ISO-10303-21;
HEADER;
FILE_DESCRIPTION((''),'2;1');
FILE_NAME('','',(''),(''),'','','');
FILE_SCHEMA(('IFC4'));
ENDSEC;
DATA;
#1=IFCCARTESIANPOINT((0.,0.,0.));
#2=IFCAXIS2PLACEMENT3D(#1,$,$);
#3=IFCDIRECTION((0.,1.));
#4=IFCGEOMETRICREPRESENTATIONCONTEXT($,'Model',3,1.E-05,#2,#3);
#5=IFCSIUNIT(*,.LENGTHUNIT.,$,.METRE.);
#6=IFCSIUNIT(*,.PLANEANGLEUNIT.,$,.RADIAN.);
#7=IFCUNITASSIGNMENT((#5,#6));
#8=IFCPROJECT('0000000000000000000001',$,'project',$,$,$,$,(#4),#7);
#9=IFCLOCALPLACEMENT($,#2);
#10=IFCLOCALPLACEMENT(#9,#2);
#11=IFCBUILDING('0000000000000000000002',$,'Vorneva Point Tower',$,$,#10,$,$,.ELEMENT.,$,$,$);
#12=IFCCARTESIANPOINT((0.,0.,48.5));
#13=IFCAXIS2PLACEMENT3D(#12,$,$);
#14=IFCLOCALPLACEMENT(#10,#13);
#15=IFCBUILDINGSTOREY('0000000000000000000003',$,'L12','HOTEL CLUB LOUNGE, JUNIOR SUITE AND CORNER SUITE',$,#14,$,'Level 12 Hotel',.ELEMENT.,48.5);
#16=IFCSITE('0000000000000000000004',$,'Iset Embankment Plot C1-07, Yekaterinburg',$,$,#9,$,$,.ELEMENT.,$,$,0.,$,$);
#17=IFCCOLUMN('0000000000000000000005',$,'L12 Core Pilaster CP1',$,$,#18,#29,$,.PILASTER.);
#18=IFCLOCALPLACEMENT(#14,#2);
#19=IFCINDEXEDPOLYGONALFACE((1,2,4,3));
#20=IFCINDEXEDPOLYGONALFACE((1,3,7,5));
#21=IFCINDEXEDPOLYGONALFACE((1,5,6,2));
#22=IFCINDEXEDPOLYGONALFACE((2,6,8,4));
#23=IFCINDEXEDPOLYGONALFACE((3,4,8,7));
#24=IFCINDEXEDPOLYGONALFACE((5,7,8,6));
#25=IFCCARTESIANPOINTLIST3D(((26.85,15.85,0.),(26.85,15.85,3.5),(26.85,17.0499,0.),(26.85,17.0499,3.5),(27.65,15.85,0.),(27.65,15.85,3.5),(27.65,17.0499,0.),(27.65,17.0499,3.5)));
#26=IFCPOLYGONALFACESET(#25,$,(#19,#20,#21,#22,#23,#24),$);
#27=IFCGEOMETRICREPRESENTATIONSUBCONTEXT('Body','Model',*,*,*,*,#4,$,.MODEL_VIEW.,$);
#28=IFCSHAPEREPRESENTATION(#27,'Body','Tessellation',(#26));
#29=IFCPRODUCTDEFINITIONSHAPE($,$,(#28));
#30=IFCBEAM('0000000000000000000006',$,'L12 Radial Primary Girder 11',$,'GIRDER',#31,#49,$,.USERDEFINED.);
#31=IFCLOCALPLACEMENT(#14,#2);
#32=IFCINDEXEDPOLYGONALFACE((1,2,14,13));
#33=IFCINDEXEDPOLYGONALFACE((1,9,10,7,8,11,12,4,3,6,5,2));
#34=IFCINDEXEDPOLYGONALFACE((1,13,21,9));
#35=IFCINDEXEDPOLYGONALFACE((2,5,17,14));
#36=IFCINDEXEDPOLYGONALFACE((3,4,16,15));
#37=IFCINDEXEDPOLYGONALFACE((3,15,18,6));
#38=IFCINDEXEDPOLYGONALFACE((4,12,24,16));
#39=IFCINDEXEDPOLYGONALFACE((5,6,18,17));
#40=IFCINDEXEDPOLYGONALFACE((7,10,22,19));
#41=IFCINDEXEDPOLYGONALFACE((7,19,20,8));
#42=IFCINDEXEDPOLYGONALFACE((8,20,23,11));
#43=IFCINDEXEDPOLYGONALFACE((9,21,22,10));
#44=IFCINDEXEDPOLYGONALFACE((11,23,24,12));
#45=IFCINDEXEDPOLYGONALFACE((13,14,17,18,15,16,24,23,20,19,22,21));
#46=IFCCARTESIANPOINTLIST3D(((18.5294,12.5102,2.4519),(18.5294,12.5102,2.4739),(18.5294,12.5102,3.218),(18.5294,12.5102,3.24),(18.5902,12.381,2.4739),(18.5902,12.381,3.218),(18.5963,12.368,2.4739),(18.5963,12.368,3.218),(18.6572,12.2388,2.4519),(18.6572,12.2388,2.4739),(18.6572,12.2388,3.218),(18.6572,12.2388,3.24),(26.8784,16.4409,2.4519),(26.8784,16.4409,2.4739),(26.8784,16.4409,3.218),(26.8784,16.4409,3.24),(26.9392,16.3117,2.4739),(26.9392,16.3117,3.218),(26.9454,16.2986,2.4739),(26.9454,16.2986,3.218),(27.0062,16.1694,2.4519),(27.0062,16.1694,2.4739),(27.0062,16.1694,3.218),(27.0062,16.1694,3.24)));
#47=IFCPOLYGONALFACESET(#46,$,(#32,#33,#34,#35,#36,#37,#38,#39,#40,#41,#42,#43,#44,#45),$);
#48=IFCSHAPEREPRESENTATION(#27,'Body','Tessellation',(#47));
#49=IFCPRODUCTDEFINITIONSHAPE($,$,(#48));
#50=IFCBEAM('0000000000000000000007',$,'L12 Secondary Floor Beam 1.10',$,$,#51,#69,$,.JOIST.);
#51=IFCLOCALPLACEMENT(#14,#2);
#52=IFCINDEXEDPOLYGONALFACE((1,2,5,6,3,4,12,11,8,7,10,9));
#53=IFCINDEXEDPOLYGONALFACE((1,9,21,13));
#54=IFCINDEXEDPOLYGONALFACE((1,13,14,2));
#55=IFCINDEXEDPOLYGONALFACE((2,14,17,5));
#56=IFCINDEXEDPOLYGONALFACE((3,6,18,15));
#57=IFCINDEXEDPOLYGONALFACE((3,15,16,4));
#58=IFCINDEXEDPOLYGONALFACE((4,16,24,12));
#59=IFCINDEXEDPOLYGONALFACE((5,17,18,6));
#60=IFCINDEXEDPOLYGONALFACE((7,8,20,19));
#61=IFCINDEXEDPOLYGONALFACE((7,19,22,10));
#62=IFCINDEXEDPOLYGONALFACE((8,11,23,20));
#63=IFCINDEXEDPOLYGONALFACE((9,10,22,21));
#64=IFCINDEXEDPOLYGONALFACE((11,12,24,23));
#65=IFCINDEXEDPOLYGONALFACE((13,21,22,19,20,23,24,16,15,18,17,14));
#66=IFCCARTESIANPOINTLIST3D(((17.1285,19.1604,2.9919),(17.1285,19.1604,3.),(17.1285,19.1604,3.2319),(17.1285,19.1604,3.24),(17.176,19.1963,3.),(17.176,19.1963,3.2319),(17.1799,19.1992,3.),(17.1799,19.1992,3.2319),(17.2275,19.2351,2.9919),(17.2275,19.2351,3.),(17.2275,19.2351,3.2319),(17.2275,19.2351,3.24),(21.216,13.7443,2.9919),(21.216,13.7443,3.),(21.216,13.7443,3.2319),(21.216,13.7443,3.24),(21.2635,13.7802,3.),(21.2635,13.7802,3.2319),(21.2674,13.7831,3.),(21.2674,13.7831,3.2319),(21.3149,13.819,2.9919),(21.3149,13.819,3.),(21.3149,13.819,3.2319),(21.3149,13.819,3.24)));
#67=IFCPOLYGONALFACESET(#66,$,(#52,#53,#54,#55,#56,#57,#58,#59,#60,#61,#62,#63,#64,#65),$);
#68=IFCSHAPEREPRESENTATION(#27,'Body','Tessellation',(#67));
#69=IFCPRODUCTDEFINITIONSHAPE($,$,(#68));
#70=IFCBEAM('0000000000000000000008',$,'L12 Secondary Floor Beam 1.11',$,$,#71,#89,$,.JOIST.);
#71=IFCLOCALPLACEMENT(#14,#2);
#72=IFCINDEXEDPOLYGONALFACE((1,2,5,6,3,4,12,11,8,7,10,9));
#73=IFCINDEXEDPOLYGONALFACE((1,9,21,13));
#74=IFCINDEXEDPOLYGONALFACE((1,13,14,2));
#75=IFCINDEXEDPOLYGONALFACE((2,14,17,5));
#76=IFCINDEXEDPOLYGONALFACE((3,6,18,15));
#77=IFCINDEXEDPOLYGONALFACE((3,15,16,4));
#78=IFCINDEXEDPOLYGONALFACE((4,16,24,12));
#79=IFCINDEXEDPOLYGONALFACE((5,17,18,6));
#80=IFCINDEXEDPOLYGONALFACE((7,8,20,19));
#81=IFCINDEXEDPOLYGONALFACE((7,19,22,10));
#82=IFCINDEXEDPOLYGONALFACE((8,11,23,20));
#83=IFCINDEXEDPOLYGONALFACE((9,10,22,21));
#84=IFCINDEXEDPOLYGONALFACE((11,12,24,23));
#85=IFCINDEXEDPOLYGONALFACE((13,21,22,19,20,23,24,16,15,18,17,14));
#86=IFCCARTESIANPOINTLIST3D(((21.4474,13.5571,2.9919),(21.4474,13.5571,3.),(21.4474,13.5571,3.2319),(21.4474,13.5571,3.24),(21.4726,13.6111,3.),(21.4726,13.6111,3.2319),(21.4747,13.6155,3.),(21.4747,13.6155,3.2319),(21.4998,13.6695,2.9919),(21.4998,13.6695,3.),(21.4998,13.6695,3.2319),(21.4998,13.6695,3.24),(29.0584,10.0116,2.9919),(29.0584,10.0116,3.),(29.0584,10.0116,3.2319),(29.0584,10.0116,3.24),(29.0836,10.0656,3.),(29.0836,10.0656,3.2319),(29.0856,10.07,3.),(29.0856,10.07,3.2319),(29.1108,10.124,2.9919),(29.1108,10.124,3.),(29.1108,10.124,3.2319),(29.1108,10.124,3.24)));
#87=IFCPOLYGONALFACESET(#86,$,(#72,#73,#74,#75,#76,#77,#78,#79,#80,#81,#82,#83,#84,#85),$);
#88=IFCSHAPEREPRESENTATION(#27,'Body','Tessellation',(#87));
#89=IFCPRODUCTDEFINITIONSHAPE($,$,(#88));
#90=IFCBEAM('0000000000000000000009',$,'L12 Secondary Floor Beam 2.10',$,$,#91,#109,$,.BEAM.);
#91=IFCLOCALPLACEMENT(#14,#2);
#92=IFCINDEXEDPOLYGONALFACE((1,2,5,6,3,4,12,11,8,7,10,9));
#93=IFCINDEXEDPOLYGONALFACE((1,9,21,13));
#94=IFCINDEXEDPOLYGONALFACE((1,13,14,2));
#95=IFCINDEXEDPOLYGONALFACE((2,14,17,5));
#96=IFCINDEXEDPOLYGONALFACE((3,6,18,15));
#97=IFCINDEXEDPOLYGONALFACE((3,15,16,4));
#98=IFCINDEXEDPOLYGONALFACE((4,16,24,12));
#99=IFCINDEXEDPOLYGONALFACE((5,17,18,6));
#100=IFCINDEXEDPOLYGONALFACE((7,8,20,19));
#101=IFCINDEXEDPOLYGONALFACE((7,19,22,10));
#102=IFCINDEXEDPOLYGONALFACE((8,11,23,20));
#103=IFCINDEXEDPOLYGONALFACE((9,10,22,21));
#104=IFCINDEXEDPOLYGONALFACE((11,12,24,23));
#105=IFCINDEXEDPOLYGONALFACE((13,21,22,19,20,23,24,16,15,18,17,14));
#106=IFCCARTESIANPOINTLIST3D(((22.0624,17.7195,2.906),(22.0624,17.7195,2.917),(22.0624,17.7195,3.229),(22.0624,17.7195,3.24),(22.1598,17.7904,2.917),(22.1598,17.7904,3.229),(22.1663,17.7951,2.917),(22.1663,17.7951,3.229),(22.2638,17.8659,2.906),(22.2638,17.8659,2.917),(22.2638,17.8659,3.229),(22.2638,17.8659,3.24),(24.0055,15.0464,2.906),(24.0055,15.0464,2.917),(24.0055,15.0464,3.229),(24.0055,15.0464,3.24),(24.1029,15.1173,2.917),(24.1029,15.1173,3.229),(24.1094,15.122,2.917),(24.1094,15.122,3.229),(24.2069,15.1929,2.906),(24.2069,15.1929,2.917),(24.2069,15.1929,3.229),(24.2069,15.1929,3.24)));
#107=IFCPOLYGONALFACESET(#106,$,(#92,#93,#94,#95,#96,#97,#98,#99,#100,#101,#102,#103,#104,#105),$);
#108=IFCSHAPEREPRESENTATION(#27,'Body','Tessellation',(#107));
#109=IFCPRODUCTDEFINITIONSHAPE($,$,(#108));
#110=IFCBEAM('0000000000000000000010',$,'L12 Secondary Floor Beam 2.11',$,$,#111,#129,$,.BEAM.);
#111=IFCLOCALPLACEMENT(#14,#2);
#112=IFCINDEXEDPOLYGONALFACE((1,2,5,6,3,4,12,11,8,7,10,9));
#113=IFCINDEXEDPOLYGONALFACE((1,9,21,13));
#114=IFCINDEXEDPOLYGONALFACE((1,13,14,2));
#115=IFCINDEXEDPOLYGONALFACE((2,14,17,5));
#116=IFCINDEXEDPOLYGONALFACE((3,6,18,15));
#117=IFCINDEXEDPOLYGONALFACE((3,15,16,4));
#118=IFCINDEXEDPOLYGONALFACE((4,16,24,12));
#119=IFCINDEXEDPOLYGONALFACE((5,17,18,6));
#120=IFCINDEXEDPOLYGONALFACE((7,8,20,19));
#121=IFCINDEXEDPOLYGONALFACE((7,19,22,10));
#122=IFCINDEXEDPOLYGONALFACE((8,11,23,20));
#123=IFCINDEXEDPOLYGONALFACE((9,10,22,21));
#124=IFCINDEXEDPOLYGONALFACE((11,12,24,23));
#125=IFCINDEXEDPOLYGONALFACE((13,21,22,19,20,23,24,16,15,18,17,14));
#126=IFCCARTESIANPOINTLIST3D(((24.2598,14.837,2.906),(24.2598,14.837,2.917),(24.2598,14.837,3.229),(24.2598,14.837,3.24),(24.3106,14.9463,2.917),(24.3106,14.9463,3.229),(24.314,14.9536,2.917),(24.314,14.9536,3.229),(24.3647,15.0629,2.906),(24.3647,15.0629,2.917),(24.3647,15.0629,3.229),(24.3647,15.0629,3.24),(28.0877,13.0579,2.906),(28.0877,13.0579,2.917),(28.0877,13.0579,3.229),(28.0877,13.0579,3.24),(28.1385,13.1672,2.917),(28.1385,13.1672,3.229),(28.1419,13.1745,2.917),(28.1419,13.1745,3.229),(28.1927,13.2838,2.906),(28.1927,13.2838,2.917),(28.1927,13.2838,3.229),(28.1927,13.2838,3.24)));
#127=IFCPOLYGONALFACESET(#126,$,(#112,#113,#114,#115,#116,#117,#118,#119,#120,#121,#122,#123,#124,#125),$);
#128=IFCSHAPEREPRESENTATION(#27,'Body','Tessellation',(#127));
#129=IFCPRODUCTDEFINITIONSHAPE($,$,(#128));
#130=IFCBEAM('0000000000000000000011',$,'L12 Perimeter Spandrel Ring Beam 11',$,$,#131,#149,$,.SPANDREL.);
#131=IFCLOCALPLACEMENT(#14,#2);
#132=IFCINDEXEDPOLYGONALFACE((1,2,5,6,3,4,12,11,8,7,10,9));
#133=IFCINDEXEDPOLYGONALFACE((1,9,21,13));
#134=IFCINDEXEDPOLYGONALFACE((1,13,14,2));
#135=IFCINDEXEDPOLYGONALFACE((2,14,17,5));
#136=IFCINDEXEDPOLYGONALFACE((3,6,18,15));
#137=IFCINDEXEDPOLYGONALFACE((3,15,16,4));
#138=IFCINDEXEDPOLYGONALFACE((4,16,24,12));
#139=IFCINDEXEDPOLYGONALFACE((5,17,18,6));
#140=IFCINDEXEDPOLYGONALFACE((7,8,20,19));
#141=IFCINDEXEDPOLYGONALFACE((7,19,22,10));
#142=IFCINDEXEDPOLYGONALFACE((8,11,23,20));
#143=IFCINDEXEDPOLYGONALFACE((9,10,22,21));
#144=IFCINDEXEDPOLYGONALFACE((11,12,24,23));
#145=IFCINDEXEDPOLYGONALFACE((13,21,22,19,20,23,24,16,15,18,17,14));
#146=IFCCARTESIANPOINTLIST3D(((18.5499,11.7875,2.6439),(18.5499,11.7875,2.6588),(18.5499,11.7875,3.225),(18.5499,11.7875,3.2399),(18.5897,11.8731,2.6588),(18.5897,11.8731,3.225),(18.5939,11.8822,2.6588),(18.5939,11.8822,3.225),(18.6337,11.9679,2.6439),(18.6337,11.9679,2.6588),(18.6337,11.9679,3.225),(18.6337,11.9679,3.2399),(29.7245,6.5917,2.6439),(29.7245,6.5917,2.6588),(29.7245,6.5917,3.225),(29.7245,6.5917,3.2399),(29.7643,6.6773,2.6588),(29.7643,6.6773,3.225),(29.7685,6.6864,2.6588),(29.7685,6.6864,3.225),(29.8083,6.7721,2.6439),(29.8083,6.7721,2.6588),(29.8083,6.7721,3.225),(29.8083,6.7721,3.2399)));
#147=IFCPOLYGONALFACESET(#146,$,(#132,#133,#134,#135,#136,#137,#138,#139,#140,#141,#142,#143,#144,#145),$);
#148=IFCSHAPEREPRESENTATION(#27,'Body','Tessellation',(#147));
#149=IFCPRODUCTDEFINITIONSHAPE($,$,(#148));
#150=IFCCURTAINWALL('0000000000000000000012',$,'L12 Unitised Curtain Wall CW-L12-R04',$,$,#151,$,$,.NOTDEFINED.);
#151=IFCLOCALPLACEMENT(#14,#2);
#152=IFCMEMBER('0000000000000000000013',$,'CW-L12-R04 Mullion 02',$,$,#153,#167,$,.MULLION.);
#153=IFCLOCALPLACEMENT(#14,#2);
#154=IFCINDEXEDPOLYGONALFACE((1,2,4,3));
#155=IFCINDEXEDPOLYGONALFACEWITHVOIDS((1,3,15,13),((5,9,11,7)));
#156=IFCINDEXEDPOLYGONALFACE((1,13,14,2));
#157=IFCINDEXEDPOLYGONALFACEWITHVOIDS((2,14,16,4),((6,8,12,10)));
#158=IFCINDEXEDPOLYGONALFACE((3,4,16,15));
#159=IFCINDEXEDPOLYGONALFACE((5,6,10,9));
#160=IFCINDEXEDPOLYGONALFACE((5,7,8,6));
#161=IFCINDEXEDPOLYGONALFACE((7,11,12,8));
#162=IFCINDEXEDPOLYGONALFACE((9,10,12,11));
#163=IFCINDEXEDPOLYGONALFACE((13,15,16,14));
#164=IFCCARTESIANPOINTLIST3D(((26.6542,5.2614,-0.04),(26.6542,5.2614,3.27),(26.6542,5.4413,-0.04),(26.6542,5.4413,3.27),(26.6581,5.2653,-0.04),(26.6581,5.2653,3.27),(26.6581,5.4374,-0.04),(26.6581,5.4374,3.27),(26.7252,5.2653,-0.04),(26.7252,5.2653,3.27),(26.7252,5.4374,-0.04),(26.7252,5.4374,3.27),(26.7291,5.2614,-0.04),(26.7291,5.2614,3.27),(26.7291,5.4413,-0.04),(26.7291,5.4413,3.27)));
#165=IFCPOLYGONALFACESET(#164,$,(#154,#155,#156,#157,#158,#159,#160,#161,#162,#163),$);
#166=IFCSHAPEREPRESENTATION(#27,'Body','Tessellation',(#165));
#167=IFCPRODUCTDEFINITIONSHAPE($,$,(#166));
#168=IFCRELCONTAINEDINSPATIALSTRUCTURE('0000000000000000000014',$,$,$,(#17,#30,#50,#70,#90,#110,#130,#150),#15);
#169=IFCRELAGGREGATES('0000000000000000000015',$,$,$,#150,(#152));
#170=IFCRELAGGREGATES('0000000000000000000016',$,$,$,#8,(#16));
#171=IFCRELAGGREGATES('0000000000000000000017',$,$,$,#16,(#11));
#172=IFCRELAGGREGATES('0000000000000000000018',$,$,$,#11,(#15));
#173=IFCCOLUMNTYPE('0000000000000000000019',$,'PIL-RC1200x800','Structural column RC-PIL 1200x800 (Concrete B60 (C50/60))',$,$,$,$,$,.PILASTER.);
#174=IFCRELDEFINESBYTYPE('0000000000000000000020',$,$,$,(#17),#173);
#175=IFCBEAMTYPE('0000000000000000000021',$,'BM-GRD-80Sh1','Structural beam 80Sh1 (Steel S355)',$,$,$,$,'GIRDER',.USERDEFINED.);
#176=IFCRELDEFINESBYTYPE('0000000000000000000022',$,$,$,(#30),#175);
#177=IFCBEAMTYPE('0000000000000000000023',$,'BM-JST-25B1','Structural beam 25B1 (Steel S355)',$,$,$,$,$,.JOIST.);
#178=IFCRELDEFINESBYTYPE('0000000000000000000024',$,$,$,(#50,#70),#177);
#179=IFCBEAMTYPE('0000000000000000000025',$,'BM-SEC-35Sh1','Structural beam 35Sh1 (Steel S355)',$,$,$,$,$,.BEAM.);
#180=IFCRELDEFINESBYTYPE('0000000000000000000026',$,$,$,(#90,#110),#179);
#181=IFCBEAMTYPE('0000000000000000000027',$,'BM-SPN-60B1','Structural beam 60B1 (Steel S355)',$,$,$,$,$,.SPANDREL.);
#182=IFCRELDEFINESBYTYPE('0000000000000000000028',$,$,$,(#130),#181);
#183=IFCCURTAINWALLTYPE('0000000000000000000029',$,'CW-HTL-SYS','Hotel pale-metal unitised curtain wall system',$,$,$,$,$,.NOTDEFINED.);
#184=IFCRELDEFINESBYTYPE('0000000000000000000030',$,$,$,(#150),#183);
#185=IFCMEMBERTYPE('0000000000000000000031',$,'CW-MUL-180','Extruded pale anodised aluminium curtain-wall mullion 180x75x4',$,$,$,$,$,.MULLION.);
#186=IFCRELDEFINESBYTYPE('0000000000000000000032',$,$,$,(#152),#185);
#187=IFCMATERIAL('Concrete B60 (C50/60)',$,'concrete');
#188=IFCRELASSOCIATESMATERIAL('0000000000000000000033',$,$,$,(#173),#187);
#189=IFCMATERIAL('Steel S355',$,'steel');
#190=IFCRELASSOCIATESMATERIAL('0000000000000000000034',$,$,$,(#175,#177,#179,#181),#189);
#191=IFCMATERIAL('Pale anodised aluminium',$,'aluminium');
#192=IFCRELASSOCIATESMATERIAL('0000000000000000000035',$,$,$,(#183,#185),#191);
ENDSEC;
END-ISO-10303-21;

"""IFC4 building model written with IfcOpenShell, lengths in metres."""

from ifc_helpers import new_model, si_unit, direction, frame, origin, origin_2d, place, context, subcontext, project, spatial, rectangle, hollow_rectangle, i_section, extrude, material, material_profile, profile_set, type_object, element, aggregate, save


model = new_model("IFC4")

# Units and contexts
model_context = context("Model", 3, precision=1e-05, world=origin(), true_north=direction((0.0, 1.0)))
body_context = subcontext(model_context, "Body", "Model", "MODEL_VIEW")
ifc_project = project(units=[si_unit("LENGTHUNIT", "METRE"), si_unit("PLANEANGLEUNIT", "RADIAN")], contexts=[model_context])

# Site, building, storey
site_placement = place(None, origin())
site = spatial("IfcSite", under=ifc_project, at=site_placement, Name="Iset Embankment Plot C1-07, Yekaterinburg", CompositionType="ELEMENT", RefElevation=0.0)
building_placement = place(site_placement, origin())
building = spatial("IfcBuilding", under=site, at=building_placement, Name="Vorneva Point Tower", CompositionType="ELEMENT")
storey_placement = place(building_placement, frame((0.0, 0.0, 48.5)))
storey = spatial("IfcBuildingStorey", under=building, at=storey_placement, Name="L12", Description="HOTEL CLUB LOUNGE, JUNIOR SUITE AND CORNER SUITE", LongName="Level 12 Hotel", CompositionType="ELEMENT", Elevation=48.5)

# Column
ifc_material_1 = material(Name="Concrete B60 (C50/60)", Category="concrete")
ifc_material_profile_1 = material_profile(ifc_material_1, rectangle(XDim=0.8, YDim=1.2, at=origin_2d()), Name="RC-PIL 1200x800")
ifc_profile_set_1 = profile_set([ifc_material_profile_1], Name="Concrete B60 (C50/60)")
column_type_1 = type_object("IfcColumnType", Name="PIL-RC1200x800", Description="Structural column RC-PIL 1200x800 (Concrete B60 (C50/60))", PredefinedType="PILASTER", material=ifc_profile_set_1)
column_placement = place(storey_placement, frame((27.25, 16.45, 0.0), z_axis=(0.0, 0.0, 1.0), x_axis=(1.0, 0.0, 0.0)))
element("IfcColumn", 1, at=column_placement, inside=storey, type_object=column_type_1, Name="L12 Core Pilaster CP1", PredefinedType="PILASTER", context=body_context, shape_type="SweptSolid", body=[
    extrude(rectangle(XDim=0.8, YDim=1.2, at=origin_2d()), origin(), (0.0, 0.0, 1.0), 3.5),
])

# Beams
ifc_material_2 = material(Name="Steel S355", Category="steel")
ifc_material_profile_2 = material_profile(ifc_material_2, i_section(OverallWidth=0.3, OverallDepth=0.7881, WebThickness=0.0144, FlangeThickness=0.022, at=origin_2d()), Name="80Sh1")
ifc_profile_set_2 = profile_set([ifc_material_profile_2], Name="Steel S355")
beam_type_1 = type_object("IfcBeamType", Name="BM-GRD-80Sh1", Description="Structural beam 80Sh1 (Steel S355)", ElementType="GIRDER", PredefinedType="USERDEFINED", material=ifc_profile_set_2)
beam_1_placement = place(storey_placement, frame((18.5933, 12.3745, 2.8459), z_axis=(0.904749, 0.425945, 0.0), x_axis=(-0.425945, 0.904749, 0.0)))
element("IfcBeam", 2, at=beam_1_placement, inside=storey, type_object=beam_type_1, Name="L12 Radial Primary Girder 11", ObjectType="GIRDER", PredefinedType="USERDEFINED", context=body_context, shape_type="SweptSolid", body=[
    extrude(i_section(OverallWidth=0.3, OverallDepth=0.7881, WebThickness=0.0144, FlangeThickness=0.022, at=origin_2d()), origin(), (0.0, 0.0, 1.0), 9.228),
])
ifc_material_profile_3 = material_profile(ifc_material_2, i_section(OverallWidth=0.124, OverallDepth=0.248, WebThickness=0.0049, FlangeThickness=0.0081, at=origin_2d()), Name="25B1")
ifc_profile_set_3 = profile_set([ifc_material_profile_3], Name="Steel S355")
beam_type_2 = type_object("IfcBeamType", Name="BM-JST-25B1", Description="Structural beam 25B1 (Steel S355)", PredefinedType="JOIST", material=ifc_profile_set_3)
beam_2_placement = place(storey_placement, frame((17.178, 19.1978, 3.116), z_axis=(0.602392, -0.7982, 0.0), x_axis=(0.7982, 0.602392, 0.0)))
element("IfcBeam", 3, at=beam_2_placement, inside=storey, type_object=beam_type_2, Name="L12 Secondary Floor Beam 1.10", PredefinedType="JOIST", context=body_context, shape_type="SweptSolid", body=[
    extrude(i_section(OverallWidth=0.124, OverallDepth=0.248, WebThickness=0.0049, FlangeThickness=0.0081, at=origin_2d()), origin(), (0.0, 0.0, 1.0), 6.7854),
])
beam_3_placement = place(storey_placement, frame((21.4736, 13.6133, 3.116), z_axis=(0.906471, -0.422268, 0.0), x_axis=(0.422268, 0.906471, 0.0)))
element("IfcBeam", 4, at=beam_3_placement, inside=storey, type_object=beam_type_2, Name="L12 Secondary Floor Beam 1.11", PredefinedType="JOIST", context=body_context, shape_type="SweptSolid", body=[
    extrude(i_section(OverallWidth=0.124, OverallDepth=0.248, WebThickness=0.0049, FlangeThickness=0.0081, at=origin_2d()), origin(), (0.0, 0.0, 1.0), 8.3962),
])
ifc_material_profile_4 = material_profile(ifc_material_2, i_section(OverallWidth=0.249, OverallDepth=0.334, WebThickness=0.0081, FlangeThickness=0.011, at=origin_2d()), Name="35Sh1")
ifc_profile_set_4 = profile_set([ifc_material_profile_4], Name="Steel S355")
beam_type_3 = type_object("IfcBeamType", Name="BM-SEC-35Sh1", Description="Structural beam 35Sh1 (Steel S355)", PredefinedType="BEAM", material=ifc_profile_set_4)
beam_4_placement = place(storey_placement, frame((22.1631, 17.7927, 3.073), z_axis=(0.587983, -0.808873, 0.0), x_axis=(0.808873, 0.587983, 0.0)))
element("IfcBeam", 5, at=beam_4_placement, inside=storey, type_object=beam_type_3, Name="L12 Secondary Floor Beam 2.10", PredefinedType="BEAM", context=body_context, shape_type="SweptSolid", body=[
    extrude(i_section(OverallWidth=0.249, OverallDepth=0.334, WebThickness=0.0081, FlangeThickness=0.011, at=origin_2d()), origin(), (0.0, 0.0, 1.0), 3.3047),
])
beam_5_placement = place(storey_placement, frame((24.3123, 14.95, 3.073), z_axis=(0.906844, -0.421466, 0.0), x_axis=(0.421466, 0.906844, 0.0)))
element("IfcBeam", 6, at=beam_5_placement, inside=storey, type_object=beam_type_3, Name="L12 Secondary Floor Beam 2.11", PredefinedType="BEAM", context=body_context, shape_type="SweptSolid", body=[
    extrude(i_section(OverallWidth=0.249, OverallDepth=0.334, WebThickness=0.0081, FlangeThickness=0.011, at=origin_2d()), origin(), (0.0, 0.0, 1.0), 4.2212),
])
ifc_material_profile_5 = material_profile(ifc_material_2, i_section(OverallWidth=0.199, OverallDepth=0.5959, WebThickness=0.01, FlangeThickness=0.0149, at=origin_2d()), Name="60B1")
ifc_profile_set_5 = profile_set([ifc_material_profile_5], Name="Steel S355")
beam_type_4 = type_object("IfcBeamType", Name="BM-SPN-60B1", Description="Structural beam 60B1 (Steel S355)", PredefinedType="SPANDREL", material=ifc_profile_set_5)
beam_6_placement = place(storey_placement, frame((18.5918, 11.8777, 2.9419), z_axis=(0.906773, -0.421619, 0.0), x_axis=(0.421619, 0.906773, 0.0)))
element("IfcBeam", 7, at=beam_6_placement, inside=storey, type_object=beam_type_4, Name="L12 Perimeter Spandrel Ring Beam 11", PredefinedType="SPANDREL", context=body_context, shape_type="SweptSolid", body=[
    extrude(i_section(OverallWidth=0.199, OverallDepth=0.5959, WebThickness=0.01, FlangeThickness=0.0149, at=origin_2d()), origin(), (0.0, 0.0, 1.0), 12.3235),
])

# Curtain wall, member
ifc_material_3 = material(Name="Pale anodised aluminium", Category="aluminium")
curtain_wall_type = type_object("IfcCurtainWallType", Name="CW-HTL-SYS", Description="Hotel pale-metal unitised curtain wall system", PredefinedType="NOTDEFINED", material=ifc_material_3)
curtain_wall_placement = place(storey_placement, origin())
curtain_wall = element("IfcCurtainWall", 8, at=curtain_wall_placement, inside=storey, type_object=curtain_wall_type, Name="L12 Unitised Curtain Wall CW-L12-R04", PredefinedType="NOTDEFINED")
ifc_material_profile_6 = material_profile(ifc_material_3, hollow_rectangle(XDim=0.075, YDim=0.1799, WallThickness=0.0039, at=origin_2d()), Name="AL-MUL 180x75x4")
ifc_profile_set_6 = profile_set([ifc_material_profile_6], Name="Pale anodised aluminium")
member_type_1 = type_object("IfcMemberType", Name="CW-MUL-180", Description="Extruded pale anodised aluminium curtain-wall mullion 180x75x4", PredefinedType="MULLION", material=ifc_profile_set_6)
member_1_placement = place(storey_placement, frame((26.6917, 5.3513, -0.04), z_axis=(0.0, 0.0, 1.0), x_axis=(1.0, 0.0, 0.0)))
member_1 = element("IfcMember", 9, at=member_1_placement, type_object=member_type_1, Name="CW-L12-R04 Mullion 02", PredefinedType="MULLION", context=body_context, shape_type="SweptSolid", body=[
    extrude(hollow_rectangle(XDim=0.075, YDim=0.1799, WallThickness=0.0039, at=origin_2d()), origin(), (0.0, 0.0, 1.0), 3.3101),
])
aggregate(curtain_wall, [member_1])

save(model, "model.ifc")
